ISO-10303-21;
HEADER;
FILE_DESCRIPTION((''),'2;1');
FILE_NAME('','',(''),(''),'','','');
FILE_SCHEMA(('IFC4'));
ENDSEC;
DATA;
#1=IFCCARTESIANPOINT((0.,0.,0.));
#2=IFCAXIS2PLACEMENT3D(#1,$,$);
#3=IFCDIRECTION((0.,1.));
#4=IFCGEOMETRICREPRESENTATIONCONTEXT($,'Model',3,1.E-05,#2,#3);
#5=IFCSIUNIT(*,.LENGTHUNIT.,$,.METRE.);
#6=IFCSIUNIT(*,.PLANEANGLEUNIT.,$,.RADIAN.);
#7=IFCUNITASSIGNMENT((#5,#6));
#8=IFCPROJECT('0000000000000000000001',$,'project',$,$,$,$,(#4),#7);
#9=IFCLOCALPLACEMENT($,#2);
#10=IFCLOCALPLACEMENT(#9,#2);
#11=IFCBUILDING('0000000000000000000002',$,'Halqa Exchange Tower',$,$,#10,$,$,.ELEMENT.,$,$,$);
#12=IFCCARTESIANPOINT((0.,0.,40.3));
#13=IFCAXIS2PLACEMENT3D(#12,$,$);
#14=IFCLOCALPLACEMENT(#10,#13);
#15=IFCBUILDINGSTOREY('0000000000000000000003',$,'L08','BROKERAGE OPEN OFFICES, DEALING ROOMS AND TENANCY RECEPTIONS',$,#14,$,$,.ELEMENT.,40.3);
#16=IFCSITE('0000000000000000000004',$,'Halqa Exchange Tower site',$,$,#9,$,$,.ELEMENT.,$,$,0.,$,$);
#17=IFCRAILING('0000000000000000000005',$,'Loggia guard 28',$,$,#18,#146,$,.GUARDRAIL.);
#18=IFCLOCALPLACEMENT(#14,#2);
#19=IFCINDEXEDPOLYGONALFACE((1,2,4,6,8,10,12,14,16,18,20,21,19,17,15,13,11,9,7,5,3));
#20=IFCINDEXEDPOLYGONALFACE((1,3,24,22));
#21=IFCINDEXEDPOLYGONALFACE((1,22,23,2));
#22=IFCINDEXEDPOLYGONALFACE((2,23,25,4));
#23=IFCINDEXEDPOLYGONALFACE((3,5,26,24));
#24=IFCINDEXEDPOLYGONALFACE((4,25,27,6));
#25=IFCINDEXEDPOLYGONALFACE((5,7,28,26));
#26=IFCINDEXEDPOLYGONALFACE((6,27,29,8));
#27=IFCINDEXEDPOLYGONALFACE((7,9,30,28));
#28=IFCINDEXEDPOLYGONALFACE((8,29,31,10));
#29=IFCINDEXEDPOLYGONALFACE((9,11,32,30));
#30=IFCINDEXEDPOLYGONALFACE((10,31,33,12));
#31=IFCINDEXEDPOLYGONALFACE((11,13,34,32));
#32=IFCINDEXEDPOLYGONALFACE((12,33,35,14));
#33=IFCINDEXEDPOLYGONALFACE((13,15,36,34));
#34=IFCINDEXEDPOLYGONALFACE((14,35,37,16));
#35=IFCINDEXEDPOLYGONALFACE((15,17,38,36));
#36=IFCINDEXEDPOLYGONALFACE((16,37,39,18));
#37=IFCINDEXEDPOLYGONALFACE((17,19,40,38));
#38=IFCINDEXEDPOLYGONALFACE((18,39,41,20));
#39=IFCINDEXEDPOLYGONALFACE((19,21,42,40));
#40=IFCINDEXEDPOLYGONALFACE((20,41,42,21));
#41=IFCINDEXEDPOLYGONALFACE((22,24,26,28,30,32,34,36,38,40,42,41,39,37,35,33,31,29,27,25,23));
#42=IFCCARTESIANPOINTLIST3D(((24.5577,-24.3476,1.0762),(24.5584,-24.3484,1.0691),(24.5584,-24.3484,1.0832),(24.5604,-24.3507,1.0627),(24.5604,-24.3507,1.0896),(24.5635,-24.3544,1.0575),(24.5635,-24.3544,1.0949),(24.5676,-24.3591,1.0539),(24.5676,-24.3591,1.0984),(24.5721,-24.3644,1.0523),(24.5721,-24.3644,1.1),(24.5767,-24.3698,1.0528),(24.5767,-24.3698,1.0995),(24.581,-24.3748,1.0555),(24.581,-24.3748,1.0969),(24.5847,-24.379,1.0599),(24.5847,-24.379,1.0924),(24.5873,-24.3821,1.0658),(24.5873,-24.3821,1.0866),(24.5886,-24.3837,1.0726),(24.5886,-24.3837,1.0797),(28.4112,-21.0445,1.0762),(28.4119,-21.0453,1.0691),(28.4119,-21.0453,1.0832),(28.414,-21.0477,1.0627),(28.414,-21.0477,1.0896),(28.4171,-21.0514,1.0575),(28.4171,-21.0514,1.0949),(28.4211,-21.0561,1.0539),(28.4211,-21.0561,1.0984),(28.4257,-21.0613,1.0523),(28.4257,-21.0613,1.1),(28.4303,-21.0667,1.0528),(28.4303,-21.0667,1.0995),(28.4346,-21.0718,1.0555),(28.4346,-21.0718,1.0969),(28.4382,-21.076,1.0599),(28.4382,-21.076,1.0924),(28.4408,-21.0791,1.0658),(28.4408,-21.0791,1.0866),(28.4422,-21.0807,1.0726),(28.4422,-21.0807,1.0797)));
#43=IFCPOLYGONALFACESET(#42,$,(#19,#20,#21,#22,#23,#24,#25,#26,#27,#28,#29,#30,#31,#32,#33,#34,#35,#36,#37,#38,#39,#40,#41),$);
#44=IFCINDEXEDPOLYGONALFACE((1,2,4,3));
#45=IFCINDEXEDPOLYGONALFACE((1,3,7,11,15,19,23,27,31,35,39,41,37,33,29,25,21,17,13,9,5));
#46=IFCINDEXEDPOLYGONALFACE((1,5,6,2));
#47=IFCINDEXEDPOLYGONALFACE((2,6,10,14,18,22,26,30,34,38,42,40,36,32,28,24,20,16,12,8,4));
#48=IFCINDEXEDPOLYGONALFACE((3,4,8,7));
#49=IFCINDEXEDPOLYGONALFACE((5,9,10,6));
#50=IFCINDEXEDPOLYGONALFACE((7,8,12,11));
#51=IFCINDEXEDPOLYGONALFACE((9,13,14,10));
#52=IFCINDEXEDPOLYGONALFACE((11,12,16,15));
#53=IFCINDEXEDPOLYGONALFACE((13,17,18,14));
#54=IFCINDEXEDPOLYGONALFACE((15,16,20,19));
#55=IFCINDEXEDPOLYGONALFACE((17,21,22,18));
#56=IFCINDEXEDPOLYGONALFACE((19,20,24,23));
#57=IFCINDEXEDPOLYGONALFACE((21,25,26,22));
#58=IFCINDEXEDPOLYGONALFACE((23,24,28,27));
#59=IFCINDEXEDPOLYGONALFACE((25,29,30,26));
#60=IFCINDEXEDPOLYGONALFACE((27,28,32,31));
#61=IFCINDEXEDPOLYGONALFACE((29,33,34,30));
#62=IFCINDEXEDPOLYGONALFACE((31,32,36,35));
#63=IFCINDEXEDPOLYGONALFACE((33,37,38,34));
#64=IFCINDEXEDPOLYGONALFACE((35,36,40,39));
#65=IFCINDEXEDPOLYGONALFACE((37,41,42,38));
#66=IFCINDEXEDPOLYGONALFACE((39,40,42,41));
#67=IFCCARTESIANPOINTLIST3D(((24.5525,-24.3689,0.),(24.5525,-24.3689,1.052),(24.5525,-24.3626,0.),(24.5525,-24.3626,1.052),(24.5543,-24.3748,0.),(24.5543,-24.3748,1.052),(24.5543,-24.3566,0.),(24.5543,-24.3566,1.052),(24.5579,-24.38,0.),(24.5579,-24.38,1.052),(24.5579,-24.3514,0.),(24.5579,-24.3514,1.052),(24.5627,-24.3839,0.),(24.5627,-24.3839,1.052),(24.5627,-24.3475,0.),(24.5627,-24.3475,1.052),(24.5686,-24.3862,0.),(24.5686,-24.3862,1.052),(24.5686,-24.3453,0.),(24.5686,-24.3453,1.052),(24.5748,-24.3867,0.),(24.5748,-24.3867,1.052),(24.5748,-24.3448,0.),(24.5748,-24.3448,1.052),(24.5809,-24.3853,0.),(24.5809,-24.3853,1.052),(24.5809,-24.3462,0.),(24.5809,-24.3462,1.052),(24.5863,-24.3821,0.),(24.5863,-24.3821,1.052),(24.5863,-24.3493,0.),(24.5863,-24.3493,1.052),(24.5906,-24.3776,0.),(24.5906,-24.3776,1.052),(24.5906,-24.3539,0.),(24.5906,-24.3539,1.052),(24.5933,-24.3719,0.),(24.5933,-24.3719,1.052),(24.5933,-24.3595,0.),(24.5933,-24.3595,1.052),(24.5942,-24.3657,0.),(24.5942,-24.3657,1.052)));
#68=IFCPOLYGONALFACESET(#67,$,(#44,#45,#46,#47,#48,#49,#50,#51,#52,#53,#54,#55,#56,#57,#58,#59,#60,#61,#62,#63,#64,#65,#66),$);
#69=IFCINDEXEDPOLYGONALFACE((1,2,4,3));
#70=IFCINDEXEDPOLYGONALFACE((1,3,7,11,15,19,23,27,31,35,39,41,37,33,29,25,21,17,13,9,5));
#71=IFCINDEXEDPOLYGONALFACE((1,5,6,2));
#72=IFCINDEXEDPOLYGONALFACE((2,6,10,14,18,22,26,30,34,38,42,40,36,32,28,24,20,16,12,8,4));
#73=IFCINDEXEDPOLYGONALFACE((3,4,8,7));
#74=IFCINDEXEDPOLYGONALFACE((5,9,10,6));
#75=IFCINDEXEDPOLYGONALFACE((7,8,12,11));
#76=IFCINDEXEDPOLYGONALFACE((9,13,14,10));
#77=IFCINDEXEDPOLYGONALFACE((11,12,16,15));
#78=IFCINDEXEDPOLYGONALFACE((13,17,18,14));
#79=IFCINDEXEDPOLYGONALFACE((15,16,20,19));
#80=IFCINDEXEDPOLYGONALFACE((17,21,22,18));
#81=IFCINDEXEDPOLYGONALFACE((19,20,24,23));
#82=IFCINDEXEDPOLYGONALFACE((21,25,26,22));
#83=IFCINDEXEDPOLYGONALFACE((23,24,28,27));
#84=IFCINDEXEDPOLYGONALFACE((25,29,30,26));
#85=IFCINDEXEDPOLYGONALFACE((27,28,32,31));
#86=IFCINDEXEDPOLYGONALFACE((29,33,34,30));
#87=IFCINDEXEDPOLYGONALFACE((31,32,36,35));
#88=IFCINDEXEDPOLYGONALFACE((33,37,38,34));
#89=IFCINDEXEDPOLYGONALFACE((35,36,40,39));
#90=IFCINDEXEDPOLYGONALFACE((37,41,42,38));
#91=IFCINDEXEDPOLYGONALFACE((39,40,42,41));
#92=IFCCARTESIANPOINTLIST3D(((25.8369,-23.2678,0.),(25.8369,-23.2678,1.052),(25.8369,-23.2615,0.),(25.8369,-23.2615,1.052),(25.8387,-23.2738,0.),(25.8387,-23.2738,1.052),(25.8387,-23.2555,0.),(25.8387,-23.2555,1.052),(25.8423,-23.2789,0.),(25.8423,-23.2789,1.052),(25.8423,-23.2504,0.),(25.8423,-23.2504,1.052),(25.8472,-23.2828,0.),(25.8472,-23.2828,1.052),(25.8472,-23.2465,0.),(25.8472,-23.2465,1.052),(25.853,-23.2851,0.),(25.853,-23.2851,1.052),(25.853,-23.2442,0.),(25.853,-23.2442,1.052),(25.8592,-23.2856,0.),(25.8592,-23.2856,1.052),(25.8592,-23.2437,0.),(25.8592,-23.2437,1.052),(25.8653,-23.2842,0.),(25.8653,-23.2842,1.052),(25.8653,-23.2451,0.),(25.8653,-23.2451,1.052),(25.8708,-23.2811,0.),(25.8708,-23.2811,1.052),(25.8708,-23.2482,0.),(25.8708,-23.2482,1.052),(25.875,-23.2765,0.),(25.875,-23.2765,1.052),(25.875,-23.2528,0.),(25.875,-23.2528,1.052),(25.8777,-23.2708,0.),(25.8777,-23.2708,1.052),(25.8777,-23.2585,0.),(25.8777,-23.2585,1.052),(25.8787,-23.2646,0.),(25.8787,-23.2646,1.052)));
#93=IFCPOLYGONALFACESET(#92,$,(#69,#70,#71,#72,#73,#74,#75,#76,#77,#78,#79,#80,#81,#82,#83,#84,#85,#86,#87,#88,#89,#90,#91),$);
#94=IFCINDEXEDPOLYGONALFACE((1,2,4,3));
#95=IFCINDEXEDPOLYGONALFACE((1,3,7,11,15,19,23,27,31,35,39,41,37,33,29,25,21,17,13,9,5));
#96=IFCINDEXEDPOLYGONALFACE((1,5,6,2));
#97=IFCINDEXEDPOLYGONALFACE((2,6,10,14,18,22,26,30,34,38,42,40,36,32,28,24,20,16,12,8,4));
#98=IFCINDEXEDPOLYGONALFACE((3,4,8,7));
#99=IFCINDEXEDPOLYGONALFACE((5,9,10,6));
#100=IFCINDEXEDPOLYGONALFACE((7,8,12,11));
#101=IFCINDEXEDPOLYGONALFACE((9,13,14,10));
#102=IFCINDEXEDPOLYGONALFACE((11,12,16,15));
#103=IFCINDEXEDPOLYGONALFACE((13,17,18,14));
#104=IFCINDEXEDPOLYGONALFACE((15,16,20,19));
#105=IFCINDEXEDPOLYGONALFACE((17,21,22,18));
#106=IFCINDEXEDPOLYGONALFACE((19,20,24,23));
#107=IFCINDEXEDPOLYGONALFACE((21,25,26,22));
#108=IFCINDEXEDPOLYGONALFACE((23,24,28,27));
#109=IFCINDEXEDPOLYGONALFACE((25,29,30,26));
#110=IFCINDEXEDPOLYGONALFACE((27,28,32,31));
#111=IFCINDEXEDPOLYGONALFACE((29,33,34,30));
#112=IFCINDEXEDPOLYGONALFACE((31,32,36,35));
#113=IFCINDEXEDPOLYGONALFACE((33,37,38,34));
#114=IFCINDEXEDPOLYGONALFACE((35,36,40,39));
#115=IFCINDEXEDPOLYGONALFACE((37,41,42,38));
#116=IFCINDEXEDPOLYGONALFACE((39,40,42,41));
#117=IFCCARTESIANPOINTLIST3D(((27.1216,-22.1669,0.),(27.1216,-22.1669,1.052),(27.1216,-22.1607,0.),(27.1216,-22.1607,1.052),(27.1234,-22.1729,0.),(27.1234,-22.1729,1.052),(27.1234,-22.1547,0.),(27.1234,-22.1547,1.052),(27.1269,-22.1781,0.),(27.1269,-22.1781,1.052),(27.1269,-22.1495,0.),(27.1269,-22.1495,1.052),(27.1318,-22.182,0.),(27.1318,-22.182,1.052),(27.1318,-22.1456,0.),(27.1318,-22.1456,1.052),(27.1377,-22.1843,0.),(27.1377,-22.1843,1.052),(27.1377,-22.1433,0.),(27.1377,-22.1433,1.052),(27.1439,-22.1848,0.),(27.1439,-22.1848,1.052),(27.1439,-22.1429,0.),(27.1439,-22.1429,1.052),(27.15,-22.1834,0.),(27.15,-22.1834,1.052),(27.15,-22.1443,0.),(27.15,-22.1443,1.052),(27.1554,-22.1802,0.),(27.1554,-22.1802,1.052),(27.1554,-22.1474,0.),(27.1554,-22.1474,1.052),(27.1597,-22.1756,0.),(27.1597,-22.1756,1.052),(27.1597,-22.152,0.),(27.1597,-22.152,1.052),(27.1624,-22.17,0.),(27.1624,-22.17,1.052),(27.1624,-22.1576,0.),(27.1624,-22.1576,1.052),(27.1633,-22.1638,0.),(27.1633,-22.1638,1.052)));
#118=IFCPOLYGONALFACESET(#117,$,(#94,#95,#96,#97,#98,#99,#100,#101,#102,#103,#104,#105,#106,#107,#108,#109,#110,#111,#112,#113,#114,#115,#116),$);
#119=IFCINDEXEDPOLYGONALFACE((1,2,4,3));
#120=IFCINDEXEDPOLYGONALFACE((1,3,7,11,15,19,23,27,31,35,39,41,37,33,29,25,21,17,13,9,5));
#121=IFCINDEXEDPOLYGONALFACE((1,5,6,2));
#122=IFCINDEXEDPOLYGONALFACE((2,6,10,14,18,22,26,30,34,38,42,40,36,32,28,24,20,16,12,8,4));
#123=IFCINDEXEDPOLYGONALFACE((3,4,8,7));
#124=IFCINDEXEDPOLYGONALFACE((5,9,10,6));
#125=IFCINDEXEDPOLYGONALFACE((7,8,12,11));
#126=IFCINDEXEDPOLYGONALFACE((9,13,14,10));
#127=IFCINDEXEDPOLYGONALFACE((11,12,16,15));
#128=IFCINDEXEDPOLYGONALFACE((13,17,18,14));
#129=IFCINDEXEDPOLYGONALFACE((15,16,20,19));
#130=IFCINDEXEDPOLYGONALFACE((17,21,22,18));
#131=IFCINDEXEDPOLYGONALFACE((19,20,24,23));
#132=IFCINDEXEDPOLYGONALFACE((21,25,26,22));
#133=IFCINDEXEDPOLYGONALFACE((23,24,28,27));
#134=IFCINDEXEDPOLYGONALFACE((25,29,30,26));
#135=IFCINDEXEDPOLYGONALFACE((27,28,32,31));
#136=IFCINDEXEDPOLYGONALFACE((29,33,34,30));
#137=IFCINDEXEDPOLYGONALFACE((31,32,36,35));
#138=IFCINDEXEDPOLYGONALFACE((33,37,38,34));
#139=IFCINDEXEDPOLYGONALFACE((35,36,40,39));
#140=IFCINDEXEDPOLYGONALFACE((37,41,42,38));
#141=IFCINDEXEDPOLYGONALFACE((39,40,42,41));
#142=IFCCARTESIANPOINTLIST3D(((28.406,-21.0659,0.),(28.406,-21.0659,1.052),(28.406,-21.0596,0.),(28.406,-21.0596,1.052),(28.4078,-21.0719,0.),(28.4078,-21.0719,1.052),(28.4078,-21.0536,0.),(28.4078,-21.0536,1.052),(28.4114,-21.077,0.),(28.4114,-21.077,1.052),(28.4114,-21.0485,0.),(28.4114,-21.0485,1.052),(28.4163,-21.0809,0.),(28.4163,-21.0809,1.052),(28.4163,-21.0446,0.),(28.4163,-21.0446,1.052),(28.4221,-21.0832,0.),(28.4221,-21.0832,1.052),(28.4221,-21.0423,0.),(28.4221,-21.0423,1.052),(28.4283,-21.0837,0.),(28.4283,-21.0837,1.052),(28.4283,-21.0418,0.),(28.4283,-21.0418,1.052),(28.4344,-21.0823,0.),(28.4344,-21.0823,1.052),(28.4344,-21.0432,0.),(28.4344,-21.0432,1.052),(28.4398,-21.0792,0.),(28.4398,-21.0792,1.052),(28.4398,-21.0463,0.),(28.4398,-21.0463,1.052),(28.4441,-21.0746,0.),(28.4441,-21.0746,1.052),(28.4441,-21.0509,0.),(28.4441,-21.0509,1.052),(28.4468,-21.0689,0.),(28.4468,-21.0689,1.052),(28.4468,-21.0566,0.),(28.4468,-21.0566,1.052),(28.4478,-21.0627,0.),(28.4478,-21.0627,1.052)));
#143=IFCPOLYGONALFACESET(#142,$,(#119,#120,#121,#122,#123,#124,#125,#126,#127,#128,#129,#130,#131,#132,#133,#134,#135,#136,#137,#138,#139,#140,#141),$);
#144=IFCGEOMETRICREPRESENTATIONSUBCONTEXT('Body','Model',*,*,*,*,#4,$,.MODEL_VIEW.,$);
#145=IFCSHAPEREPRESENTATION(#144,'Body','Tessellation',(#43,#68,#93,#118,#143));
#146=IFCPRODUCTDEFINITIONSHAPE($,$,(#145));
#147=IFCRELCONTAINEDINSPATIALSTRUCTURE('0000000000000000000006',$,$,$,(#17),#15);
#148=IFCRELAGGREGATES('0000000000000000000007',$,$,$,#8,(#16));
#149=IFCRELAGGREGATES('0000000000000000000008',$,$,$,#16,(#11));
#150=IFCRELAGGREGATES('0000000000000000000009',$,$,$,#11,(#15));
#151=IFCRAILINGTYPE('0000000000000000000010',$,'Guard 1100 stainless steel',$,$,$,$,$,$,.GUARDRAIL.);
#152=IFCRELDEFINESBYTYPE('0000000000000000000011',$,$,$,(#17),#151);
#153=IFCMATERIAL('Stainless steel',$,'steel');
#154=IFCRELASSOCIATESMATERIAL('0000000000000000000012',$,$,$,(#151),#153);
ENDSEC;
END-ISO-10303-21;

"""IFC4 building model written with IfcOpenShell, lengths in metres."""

from ifc_helpers import new_model, si_unit, direction, frame, origin, origin_2d, place, context, subcontext, project, spatial, circle, extrude, material, type_object, element, save


model = new_model("IFC4")

# Units and contexts
model_context = context("Model", 3, precision=1e-05, world=origin(), true_north=direction((0.0, 1.0)))
body_context = subcontext(model_context, "Body", "Model", "MODEL_VIEW")
ifc_project = project(units=[si_unit("LENGTHUNIT", "METRE"), si_unit("PLANEANGLEUNIT", "RADIAN")], contexts=[model_context])

# Site, building, storey
site_placement = place(None, origin())
site = spatial("IfcSite", under=ifc_project, at=site_placement, Name="Halqa Exchange Tower site", CompositionType="ELEMENT", RefElevation=0.0)
building_placement = place(site_placement, origin())
building = spatial("IfcBuilding", under=site, at=building_placement, Name="Halqa Exchange Tower", CompositionType="ELEMENT")
storey_placement = place(building_placement, frame((0.0, 0.0, 40.3)))
storey = spatial("IfcBuildingStorey", under=building, at=storey_placement, Name="L08", Description="BROKERAGE OPEN OFFICES, DEALING ROOMS AND TENANCY RECEPTIONS", CompositionType="ELEMENT", Elevation=40.3)

# Railing
ifc_material_1 = material(Name="Stainless steel", Category="steel")
railing_type = type_object("IfcRailingType", Name="Guard 1100 stainless steel", PredefinedType="GUARDRAIL", material=ifc_material_1)
railing_1_placement = place(storey_placement, frame((24.5732, -24.3657, 0.0)))
element("IfcRailing", 1, at=railing_1_placement, inside=storey, type_object=railing_type, Name="Loggia guard 28", PredefinedType="GUARDRAIL", context=body_context, shape_type="SweptSolid", body=[
    extrude(circle(Radius=0.0239, at=origin_2d()), frame((0.0, 0.0, 1.0762), z_axis=(0.75926, 0.650787, 0.0), x_axis=(-0.650787, 0.75926, 0.0)), (0.0, 0.0, 1.0), 5.0754),
    extrude(circle(Radius=0.021, at=origin_2d()), origin(), (0.0, 0.0, 1.0), 1.052),
    extrude(circle(Radius=0.021, at=origin_2d()), frame((1.2844, 1.1011, 0.0)), (0.0, 0.0, 1.0), 1.052),
    extrude(circle(Radius=0.021, at=origin_2d()), frame((2.5691, 2.2019, 0.0)), (0.0, 0.0, 1.0), 1.052),
    extrude(circle(Radius=0.021, at=origin_2d()), frame((3.8535, 3.303, 0.0)), (0.0, 0.0, 1.0), 1.052),
])

save(model, "model.ifc")
